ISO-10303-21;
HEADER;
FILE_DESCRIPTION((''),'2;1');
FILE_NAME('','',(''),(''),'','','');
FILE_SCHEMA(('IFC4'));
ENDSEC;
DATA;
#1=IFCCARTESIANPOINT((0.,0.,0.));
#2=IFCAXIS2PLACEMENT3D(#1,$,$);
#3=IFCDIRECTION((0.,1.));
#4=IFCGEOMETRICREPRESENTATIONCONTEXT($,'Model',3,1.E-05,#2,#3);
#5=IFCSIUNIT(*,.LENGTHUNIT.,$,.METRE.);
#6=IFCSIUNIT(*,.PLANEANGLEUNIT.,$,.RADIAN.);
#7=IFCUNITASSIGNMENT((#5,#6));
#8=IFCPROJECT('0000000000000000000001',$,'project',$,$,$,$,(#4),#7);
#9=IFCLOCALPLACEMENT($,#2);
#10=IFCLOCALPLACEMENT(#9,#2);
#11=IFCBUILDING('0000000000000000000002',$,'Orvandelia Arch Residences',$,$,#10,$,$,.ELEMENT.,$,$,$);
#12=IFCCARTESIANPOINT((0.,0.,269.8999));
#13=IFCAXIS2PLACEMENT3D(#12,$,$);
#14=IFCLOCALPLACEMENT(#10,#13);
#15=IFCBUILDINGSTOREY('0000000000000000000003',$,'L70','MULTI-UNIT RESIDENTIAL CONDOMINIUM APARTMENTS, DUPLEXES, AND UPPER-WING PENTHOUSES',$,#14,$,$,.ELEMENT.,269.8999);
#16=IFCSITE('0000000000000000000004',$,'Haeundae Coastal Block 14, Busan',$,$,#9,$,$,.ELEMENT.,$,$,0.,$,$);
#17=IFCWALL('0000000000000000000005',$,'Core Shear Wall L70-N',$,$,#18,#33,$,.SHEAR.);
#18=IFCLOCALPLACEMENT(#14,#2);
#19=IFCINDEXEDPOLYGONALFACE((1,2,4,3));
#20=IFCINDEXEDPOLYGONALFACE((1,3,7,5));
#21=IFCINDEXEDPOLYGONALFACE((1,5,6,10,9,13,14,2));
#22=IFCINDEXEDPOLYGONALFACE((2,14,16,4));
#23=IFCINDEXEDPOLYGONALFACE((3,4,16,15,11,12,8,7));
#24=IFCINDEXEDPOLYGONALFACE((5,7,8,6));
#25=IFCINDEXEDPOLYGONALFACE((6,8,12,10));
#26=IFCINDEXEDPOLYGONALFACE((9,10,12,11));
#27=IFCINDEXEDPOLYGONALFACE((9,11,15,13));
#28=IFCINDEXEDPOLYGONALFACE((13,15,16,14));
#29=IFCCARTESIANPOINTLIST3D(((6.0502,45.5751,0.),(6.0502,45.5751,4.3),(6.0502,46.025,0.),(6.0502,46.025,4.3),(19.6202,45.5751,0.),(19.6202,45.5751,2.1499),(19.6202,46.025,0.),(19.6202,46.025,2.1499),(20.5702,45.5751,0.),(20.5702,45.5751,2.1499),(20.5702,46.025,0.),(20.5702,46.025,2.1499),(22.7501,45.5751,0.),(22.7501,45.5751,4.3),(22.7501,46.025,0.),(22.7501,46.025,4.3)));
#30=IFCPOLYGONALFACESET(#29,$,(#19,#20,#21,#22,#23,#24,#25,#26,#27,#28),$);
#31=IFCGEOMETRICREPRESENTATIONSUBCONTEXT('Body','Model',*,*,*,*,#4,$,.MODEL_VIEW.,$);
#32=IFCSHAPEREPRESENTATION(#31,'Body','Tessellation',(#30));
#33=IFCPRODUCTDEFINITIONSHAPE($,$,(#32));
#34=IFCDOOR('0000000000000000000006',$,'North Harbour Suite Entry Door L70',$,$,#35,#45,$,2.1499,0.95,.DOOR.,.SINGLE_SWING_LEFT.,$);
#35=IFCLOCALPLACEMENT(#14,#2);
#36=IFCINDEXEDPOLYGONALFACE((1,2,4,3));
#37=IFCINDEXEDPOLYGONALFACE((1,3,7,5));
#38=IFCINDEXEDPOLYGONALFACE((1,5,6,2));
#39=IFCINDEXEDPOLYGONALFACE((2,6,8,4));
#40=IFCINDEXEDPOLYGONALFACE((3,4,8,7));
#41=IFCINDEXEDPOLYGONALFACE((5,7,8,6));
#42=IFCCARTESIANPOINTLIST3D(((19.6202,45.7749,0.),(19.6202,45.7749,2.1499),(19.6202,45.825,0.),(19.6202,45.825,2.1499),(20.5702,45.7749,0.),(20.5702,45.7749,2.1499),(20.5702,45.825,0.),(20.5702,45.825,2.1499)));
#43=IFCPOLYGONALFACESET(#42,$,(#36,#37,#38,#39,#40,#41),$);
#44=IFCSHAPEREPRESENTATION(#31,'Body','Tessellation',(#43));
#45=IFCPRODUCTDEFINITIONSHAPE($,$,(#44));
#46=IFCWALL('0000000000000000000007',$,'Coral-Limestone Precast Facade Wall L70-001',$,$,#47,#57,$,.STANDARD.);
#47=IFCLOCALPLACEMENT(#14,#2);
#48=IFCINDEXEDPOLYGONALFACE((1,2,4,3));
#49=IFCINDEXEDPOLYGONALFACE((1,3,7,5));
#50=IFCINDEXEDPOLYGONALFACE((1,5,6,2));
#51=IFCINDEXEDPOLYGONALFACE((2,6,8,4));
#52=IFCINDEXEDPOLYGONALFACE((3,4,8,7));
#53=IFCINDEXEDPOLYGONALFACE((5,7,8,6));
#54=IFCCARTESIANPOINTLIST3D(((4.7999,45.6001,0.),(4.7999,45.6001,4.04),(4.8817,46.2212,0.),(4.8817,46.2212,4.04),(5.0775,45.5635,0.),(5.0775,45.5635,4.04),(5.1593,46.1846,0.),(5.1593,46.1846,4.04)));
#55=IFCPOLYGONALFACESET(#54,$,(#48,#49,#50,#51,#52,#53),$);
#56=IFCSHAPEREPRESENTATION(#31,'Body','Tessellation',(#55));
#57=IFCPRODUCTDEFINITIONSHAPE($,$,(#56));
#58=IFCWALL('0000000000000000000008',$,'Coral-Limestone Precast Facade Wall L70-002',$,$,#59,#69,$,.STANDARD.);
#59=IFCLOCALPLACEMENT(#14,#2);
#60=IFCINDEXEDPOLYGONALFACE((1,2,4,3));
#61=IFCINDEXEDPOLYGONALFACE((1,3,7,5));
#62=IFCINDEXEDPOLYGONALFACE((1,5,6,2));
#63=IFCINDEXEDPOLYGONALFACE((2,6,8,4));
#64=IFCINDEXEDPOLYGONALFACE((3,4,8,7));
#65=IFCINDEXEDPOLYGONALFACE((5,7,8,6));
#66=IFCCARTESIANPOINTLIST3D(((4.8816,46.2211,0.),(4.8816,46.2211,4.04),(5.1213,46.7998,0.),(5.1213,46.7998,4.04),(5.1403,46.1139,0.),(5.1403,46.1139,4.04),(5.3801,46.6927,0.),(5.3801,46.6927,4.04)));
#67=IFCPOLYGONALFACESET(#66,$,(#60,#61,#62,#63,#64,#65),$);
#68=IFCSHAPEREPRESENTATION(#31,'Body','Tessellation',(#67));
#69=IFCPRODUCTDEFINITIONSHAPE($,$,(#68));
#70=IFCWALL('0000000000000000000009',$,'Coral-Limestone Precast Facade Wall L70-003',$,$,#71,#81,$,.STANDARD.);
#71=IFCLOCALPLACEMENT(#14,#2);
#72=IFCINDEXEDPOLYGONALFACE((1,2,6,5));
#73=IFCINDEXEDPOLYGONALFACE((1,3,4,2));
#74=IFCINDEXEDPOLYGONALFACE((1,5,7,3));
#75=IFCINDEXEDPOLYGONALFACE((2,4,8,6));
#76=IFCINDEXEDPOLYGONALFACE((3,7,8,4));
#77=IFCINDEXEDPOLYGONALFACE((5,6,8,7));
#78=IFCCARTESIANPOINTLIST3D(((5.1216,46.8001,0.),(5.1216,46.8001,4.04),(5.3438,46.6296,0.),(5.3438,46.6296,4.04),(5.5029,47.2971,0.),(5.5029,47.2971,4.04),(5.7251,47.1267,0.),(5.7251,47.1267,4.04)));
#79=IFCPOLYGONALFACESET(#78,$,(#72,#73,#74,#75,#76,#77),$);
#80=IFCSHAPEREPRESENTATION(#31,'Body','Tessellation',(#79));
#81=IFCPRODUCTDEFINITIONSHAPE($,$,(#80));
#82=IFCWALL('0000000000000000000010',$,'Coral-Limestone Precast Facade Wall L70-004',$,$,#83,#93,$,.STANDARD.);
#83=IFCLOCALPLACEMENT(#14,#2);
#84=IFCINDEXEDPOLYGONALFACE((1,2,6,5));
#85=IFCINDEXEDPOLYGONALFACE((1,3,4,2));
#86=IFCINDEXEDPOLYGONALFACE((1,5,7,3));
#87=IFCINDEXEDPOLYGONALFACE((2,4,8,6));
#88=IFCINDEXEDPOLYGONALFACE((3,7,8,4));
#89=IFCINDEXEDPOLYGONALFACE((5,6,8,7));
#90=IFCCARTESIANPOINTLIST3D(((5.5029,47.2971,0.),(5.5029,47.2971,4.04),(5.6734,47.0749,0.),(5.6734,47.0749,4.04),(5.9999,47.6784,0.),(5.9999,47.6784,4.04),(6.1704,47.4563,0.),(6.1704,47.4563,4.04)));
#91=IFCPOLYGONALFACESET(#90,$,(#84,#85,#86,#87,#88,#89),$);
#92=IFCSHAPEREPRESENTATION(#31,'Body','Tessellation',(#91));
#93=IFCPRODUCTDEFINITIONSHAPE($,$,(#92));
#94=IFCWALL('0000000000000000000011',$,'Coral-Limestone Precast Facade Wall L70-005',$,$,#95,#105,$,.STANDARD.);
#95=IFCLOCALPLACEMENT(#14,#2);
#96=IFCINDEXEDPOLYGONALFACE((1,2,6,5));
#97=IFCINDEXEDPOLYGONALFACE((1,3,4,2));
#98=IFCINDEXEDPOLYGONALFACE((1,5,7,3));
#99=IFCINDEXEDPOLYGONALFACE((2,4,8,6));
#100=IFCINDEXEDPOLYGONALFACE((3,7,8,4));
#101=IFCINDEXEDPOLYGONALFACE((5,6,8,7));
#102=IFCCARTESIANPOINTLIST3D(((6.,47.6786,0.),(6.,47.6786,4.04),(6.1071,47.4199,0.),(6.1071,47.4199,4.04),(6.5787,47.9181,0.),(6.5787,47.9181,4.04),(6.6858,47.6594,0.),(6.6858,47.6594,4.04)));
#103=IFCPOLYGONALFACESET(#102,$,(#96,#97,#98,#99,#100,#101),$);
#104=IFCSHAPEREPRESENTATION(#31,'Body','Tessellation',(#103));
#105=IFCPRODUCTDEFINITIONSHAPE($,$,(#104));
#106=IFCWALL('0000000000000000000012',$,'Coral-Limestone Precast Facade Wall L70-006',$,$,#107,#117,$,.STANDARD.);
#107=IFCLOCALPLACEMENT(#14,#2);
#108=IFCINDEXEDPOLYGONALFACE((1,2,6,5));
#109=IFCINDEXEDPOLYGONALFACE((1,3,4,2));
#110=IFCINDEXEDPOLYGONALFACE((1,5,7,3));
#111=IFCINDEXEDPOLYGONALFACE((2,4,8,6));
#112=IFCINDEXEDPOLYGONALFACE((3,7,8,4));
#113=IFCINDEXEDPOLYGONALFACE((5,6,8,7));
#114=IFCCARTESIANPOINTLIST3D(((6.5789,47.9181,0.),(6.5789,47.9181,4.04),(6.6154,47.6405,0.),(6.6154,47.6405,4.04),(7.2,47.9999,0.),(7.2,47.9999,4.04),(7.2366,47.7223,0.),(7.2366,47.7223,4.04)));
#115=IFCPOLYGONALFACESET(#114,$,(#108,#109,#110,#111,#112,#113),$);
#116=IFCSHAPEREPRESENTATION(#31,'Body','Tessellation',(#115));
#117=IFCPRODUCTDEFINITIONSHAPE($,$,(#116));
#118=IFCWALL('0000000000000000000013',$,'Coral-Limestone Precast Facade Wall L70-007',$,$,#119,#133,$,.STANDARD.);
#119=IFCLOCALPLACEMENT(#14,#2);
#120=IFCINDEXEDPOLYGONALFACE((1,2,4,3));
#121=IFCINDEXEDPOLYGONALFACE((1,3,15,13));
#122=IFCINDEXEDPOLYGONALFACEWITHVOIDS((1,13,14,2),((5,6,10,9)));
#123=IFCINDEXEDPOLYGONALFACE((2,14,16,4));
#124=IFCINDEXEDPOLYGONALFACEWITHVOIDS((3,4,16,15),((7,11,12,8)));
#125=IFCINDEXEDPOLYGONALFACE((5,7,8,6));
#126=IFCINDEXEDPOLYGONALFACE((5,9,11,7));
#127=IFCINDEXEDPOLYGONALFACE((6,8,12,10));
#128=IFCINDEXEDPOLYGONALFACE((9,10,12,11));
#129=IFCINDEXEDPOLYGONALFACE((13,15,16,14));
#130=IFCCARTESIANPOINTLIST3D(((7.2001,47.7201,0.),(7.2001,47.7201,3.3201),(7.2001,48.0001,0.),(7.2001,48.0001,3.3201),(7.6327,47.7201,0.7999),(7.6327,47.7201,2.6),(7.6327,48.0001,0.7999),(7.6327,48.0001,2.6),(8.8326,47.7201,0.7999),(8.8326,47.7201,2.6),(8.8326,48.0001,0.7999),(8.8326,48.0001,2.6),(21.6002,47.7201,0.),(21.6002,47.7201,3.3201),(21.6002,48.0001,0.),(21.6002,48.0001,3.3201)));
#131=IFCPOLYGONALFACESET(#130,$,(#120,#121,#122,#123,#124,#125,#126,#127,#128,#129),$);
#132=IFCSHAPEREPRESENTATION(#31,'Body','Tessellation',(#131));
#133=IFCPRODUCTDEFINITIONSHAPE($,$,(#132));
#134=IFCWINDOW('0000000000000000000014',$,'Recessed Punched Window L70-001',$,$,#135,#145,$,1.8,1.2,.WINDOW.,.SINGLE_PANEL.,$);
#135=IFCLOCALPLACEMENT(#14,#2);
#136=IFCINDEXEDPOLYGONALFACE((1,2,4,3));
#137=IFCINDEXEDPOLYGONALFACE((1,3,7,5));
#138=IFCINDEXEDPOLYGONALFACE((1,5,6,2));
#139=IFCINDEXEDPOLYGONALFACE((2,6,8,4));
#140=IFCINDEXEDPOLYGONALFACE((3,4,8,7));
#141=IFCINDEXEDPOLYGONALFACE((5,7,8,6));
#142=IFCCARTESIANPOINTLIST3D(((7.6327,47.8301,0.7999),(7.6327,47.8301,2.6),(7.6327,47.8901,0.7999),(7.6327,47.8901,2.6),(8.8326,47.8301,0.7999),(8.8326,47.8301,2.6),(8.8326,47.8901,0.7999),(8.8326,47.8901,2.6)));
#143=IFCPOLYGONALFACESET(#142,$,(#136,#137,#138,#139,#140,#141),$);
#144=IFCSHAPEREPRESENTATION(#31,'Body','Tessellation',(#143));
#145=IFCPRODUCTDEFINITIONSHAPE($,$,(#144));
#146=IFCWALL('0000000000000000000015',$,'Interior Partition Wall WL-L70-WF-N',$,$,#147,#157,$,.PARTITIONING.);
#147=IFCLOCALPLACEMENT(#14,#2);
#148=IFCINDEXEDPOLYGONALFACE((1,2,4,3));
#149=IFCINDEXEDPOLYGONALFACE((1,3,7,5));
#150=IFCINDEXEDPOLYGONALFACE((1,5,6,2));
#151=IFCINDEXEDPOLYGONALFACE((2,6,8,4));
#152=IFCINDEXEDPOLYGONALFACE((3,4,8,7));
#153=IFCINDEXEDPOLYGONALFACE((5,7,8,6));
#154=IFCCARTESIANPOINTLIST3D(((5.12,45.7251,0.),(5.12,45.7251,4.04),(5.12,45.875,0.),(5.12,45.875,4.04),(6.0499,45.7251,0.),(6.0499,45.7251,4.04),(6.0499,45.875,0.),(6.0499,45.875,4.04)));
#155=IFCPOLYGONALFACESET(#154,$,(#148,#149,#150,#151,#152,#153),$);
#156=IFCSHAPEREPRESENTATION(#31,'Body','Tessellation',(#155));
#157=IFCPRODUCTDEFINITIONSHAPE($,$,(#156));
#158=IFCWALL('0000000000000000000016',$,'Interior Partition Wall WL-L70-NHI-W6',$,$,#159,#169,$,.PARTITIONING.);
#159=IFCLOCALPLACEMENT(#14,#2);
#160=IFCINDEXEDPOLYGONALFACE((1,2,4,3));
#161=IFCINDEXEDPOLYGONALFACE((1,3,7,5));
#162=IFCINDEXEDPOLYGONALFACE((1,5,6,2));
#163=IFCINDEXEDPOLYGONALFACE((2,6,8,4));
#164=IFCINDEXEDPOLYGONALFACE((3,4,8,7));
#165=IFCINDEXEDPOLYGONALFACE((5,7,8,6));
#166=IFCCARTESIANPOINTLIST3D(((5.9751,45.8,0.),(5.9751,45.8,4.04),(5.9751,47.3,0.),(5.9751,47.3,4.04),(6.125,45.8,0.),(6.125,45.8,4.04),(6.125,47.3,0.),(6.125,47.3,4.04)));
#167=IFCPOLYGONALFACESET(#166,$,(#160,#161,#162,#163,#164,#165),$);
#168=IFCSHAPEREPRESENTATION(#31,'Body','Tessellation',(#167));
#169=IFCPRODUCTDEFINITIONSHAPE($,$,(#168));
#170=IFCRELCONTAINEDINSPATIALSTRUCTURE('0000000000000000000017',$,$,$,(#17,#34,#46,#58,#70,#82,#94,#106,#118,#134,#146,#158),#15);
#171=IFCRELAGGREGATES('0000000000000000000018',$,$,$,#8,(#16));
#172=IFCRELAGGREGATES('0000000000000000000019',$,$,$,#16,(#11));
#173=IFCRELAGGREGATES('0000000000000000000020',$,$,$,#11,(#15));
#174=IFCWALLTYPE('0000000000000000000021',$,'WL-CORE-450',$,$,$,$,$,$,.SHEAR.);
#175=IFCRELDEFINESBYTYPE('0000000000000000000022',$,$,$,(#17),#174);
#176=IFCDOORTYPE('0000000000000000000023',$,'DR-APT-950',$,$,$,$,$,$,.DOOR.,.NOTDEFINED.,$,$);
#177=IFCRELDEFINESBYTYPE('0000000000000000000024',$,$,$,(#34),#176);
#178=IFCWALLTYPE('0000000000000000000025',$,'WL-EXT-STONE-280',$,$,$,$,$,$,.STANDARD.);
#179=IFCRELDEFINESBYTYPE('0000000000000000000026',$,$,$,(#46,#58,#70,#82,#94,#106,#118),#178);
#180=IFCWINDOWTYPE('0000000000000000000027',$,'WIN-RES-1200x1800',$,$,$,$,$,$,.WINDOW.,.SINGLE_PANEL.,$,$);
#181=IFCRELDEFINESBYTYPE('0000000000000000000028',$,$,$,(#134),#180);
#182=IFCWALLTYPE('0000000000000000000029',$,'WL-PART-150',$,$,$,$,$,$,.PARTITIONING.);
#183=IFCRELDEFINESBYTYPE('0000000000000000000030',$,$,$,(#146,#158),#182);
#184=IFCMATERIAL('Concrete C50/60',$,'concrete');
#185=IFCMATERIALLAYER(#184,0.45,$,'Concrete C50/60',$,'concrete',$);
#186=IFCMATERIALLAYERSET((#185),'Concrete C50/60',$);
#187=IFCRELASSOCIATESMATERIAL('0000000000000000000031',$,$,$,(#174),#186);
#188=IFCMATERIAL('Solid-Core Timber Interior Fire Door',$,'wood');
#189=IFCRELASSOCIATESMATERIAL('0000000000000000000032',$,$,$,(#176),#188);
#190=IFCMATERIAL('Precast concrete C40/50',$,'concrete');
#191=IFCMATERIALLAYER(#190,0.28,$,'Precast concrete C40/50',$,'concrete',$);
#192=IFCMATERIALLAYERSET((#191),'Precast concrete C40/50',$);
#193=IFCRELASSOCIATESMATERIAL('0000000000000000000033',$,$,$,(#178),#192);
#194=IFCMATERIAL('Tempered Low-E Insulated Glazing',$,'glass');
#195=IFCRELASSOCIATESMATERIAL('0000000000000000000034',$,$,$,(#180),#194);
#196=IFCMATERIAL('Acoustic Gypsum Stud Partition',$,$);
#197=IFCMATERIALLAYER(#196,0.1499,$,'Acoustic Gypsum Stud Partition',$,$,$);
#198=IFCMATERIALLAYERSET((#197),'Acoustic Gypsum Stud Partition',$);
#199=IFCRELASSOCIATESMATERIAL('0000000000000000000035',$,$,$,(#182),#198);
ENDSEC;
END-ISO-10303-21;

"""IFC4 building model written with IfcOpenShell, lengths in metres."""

from ifc_helpers import new_model, si_unit, direction, frame, frame_2d, origin, place, context, subcontext, project, spatial, rectangle, extrude, material, layer, layer_set, type_object, element, fill, save


model = new_model("IFC4")

# Units and contexts
model_context = context("Model", 3, precision=1e-05, world=origin(), true_north=direction((0.0, 1.0)))
body_context = subcontext(model_context, "Body", "Model", "MODEL_VIEW")
ifc_project = project(units=[si_unit("LENGTHUNIT", "METRE"), si_unit("PLANEANGLEUNIT", "RADIAN")], contexts=[model_context])

# Site, building, storey
site_placement = place(None, origin())
site = spatial("IfcSite", under=ifc_project, at=site_placement, Name="Haeundae Coastal Block 14, Busan", CompositionType="ELEMENT", RefElevation=0.0)
building_placement = place(site_placement, origin())
building = spatial("IfcBuilding", under=site, at=building_placement, Name="Orvandelia Arch Residences", CompositionType="ELEMENT")
storey_placement = place(building_placement, frame((0.0, 0.0, 269.8999)))
storey = spatial("IfcBuildingStorey", under=building, at=storey_placement, Name="L70", Description="MULTI-UNIT RESIDENTIAL CONDOMINIUM APARTMENTS, DUPLEXES, AND UPPER-WING PENTHOUSES", CompositionType="ELEMENT", Elevation=269.8999)

# Shared definitions
ifc_material_1 = material(Name="Concrete C50/60", Category="concrete")

# Wall, opening, door
ifc_layer_1 = layer(ifc_material_1, 0.45, Name="Concrete C50/60", Category="concrete")
ifc_layer_set_1 = layer_set([ifc_layer_1], Name="Concrete C50/60")
wall_type_1 = type_object("IfcWallType", Name="WL-CORE-450", PredefinedType="SHEAR", material=ifc_layer_set_1)
wall_1_placement = place(storey_placement, frame((6.05, 45.8, 0.0), z_axis=(0.0, 0.0, 1.0), x_axis=(1.0, 0.0, 0.0)))
wall_1 = element("IfcWall", 1, at=wall_1_placement, inside=storey, type_object=wall_type_1, Name="Core Shear Wall L70-N", PredefinedType="SHEAR", context=body_context, shape_type="SweptSolid", body=[
    extrude(rectangle(XDim=16.7, YDim=0.45, at=frame_2d((8.3501, 0.0))), origin(), (0.0, 0.0, 1.0), 4.3),
])
opening_1_placement = place(wall_1_placement, frame((13.5701, 0.0, 0.0)))
opening_1 = element("IfcOpeningElement", 2, at=opening_1_placement, cuts=wall_1, PredefinedType="OPENING", context=body_context, shape_type="SweptSolid", body=[
    extrude(rectangle(XDim=0.95, YDim=2.1499, at=frame_2d((0.4751, 1.075))), frame((0.0, 0.2349, 0.0), z_axis=(0.0, -1.0, 0.0), x_axis=(1.0, 0.0, 0.0)), (0.0, 0.0, 1.0), 0.47),
])
ifc_material_2 = material(Name="Solid-Core Timber Interior Fire Door", Category="wood")
door_type_1 = type_object("IfcDoorType", Name="DR-APT-950", OperationType="NOTDEFINED", PredefinedType="DOOR", material=ifc_material_2)
door_1_placement = place(opening_1_placement, origin())
door_1 = element("IfcDoor", 3, at=door_1_placement, inside=storey, type_object=door_type_1, Name="North Harbour Suite Entry Door L70", OperationType="SINGLE_SWING_LEFT", OverallHeight=2.1499, OverallWidth=0.95, PredefinedType="DOOR", context=body_context, shape_type="SweptSolid", body=[
    extrude(rectangle(XDim=0.95, YDim=2.1499, at=frame_2d((0.4751, 1.075))), frame((0.0, 0.0249, 0.0), z_axis=(0.0, -1.0, 0.0), x_axis=(1.0, 0.0, 0.0)), (0.0, 0.0, 1.0), 0.05),
])
fill(opening_1, door_1)

# Walls
ifc_material_3 = material(Name="Precast concrete C40/50", Category="concrete")
ifc_layer_2 = layer(ifc_material_3, 0.28, Name="Precast concrete C40/50", Category="concrete")
ifc_layer_set_2 = layer_set([ifc_layer_2], Name="Precast concrete C40/50")
wall_type_2 = type_object("IfcWallType", Name="WL-EXT-STONE-280", PredefinedType="STANDARD", material=ifc_layer_set_2)
for number, where, z_axis, x_axis, name in (
    (4, (4.9387, 45.5818, 0.0), (0.0, 0.0, 1.0), (0.130555, 0.991441, 0.0), "Coral-Limestone Precast Facade Wall L70-001"),
    (5, (5.011, 46.1675, 0.0), (0.0, 0.0, 1.0), (0.38265, 0.923893, 0.0), "Coral-Limestone Precast Facade Wall L70-002"),
    (6, (5.2327, 46.7148, 0.0), (0.0, 0.0, 1.0), (0.608693, 0.793406, 0.0), "Coral-Limestone Precast Facade Wall L70-003"),
    (7, (5.5881, 47.186, 0.0), (0.0, 0.0, 1.0), (0.793406, 0.608693, 0.0), "Coral-Limestone Precast Facade Wall L70-004"),
):
    element("IfcWall", number, at=place(storey_placement, frame(where, z_axis=z_axis, x_axis=x_axis)), inside=storey, type_object=wall_type_2, Name=name, PredefinedType="STANDARD", context=body_context, shape_type="SweptSolid", body=[
        extrude(rectangle(XDim=0.6265, YDim=0.28, at=frame_2d((0.3132, 0.0))), origin(), (0.0, 0.0, 1.0), 4.04),
    ])
wall_2_placement = place(storey_placement, frame((6.0537, 47.5493, 0.0), z_axis=(0.0, 0.0, 1.0), x_axis=(0.923974, 0.382455, 0.0)))
element("IfcWall", 8, at=wall_2_placement, inside=storey, type_object=wall_type_2, Name="Coral-Limestone Precast Facade Wall L70-005", PredefinedType="STANDARD", context=body_context, shape_type="SweptSolid", body=[
    extrude(rectangle(XDim=0.6262, YDim=0.28, at=frame_2d((0.313, 0.0))), origin(), (0.0, 0.0, 1.0), 4.04),
])
wall_3_placement = place(storey_placement, frame((6.5972, 47.7793, 0.0), z_axis=(0.0, 0.0, 1.0), x_axis=(0.991441, 0.130555, 0.0)))
element("IfcWall", 9, at=wall_3_placement, inside=storey, type_object=wall_type_2, Name="Coral-Limestone Precast Facade Wall L70-006", PredefinedType="STANDARD", context=body_context, shape_type="SweptSolid", body=[
    extrude(rectangle(XDim=0.6265, YDim=0.28, at=frame_2d((0.3132, 0.0))), origin(), (0.0, 0.0, 1.0), 4.04),
])

# Wall, opening, window
wall_4_placement = place(storey_placement, frame((7.2, 47.8601, 0.0), z_axis=(0.0, 0.0, 1.0), x_axis=(1.0, 0.0, 0.0)))
wall_4 = element("IfcWall", 10, at=wall_4_placement, inside=storey, type_object=wall_type_2, Name="Coral-Limestone Precast Facade Wall L70-007", PredefinedType="STANDARD", context=body_context, shape_type="SweptSolid", body=[
    extrude(rectangle(XDim=14.4001, YDim=0.28, at=frame_2d((7.2002, 0.0))), origin(), (0.0, 0.0, 1.0), 3.3201),
])
opening_2_placement = place(wall_4_placement, frame((0.4326, 0.0, 0.8)))
opening_2 = element("IfcOpeningElement", 11, at=opening_2_placement, cuts=wall_4, PredefinedType="OPENING", context=body_context, shape_type="SweptSolid", body=[
    extrude(rectangle(XDim=1.2, YDim=1.8, at=frame_2d((0.6001, 0.8999))), frame((0.0, 0.1499, 0.0), z_axis=(0.0, -1.0, 0.0), x_axis=(1.0, 0.0, 0.0)), (0.0, 0.0, 1.0), 0.3),
])
ifc_material_4 = material(Name="Tempered Low-E Insulated Glazing", Category="glass")
window_type = type_object("IfcWindowType", Name="WIN-RES-1200x1800", PartitioningType="SINGLE_PANEL", PredefinedType="WINDOW", material=ifc_material_4)
window_placement = place(opening_2_placement, origin())
window = element("IfcWindow", 12, at=window_placement, inside=storey, type_object=window_type, Name="Recessed Punched Window L70-001", OverallHeight=1.8, OverallWidth=1.2, PartitioningType="SINGLE_PANEL", PredefinedType="WINDOW", context=body_context, shape_type="SweptSolid", body=[
    extrude(rectangle(XDim=1.2, YDim=1.8, at=frame_2d((0.6001, 0.8999))), frame((0.0, 0.03, 0.0), z_axis=(0.0, -1.0, 0.0), x_axis=(1.0, 0.0, 0.0)), (0.0, 0.0, 1.0), 0.0601),
])
fill(opening_2, window)

# Walls
ifc_material_5 = material(Name="Acoustic Gypsum Stud Partition")
ifc_layer_3 = layer(ifc_material_5, 0.1499, Name="Acoustic Gypsum Stud Partition")
ifc_layer_set_3 = layer_set([ifc_layer_3], Name="Acoustic Gypsum Stud Partition")
wall_type_3 = type_object("IfcWallType", Name="WL-PART-150", PredefinedType="PARTITIONING", material=ifc_layer_set_3)
wall_5_placement = place(storey_placement, frame((5.1201, 45.8, 0.0), z_axis=(0.0, 0.0, 1.0), x_axis=(1.0, 0.0, 0.0)))
element("IfcWall", 13, at=wall_5_placement, inside=storey, type_object=wall_type_3, Name="Interior Partition Wall WL-L70-WF-N", PredefinedType="PARTITIONING", context=body_context, shape_type="SweptSolid", body=[
    extrude(rectangle(XDim=0.9299, YDim=0.1499, at=frame_2d((0.4648, 0.0))), origin(), (0.0, 0.0, 1.0), 4.04),
])
wall_6_placement = place(storey_placement, frame((6.05, 45.8, 0.0), z_axis=(0.0, 0.0, 1.0), x_axis=(0.0, 1.0, 0.0)))
element("IfcWall", 14, at=wall_6_placement, inside=storey, type_object=wall_type_3, Name="Interior Partition Wall WL-L70-NHI-W6", PredefinedType="PARTITIONING", context=body_context, shape_type="SweptSolid", body=[
    extrude(rectangle(XDim=1.5, YDim=0.1499, at=frame_2d((0.75, 0.0))), origin(), (0.0, 0.0, 1.0), 4.04),
])

save(model, "model.ifc")
